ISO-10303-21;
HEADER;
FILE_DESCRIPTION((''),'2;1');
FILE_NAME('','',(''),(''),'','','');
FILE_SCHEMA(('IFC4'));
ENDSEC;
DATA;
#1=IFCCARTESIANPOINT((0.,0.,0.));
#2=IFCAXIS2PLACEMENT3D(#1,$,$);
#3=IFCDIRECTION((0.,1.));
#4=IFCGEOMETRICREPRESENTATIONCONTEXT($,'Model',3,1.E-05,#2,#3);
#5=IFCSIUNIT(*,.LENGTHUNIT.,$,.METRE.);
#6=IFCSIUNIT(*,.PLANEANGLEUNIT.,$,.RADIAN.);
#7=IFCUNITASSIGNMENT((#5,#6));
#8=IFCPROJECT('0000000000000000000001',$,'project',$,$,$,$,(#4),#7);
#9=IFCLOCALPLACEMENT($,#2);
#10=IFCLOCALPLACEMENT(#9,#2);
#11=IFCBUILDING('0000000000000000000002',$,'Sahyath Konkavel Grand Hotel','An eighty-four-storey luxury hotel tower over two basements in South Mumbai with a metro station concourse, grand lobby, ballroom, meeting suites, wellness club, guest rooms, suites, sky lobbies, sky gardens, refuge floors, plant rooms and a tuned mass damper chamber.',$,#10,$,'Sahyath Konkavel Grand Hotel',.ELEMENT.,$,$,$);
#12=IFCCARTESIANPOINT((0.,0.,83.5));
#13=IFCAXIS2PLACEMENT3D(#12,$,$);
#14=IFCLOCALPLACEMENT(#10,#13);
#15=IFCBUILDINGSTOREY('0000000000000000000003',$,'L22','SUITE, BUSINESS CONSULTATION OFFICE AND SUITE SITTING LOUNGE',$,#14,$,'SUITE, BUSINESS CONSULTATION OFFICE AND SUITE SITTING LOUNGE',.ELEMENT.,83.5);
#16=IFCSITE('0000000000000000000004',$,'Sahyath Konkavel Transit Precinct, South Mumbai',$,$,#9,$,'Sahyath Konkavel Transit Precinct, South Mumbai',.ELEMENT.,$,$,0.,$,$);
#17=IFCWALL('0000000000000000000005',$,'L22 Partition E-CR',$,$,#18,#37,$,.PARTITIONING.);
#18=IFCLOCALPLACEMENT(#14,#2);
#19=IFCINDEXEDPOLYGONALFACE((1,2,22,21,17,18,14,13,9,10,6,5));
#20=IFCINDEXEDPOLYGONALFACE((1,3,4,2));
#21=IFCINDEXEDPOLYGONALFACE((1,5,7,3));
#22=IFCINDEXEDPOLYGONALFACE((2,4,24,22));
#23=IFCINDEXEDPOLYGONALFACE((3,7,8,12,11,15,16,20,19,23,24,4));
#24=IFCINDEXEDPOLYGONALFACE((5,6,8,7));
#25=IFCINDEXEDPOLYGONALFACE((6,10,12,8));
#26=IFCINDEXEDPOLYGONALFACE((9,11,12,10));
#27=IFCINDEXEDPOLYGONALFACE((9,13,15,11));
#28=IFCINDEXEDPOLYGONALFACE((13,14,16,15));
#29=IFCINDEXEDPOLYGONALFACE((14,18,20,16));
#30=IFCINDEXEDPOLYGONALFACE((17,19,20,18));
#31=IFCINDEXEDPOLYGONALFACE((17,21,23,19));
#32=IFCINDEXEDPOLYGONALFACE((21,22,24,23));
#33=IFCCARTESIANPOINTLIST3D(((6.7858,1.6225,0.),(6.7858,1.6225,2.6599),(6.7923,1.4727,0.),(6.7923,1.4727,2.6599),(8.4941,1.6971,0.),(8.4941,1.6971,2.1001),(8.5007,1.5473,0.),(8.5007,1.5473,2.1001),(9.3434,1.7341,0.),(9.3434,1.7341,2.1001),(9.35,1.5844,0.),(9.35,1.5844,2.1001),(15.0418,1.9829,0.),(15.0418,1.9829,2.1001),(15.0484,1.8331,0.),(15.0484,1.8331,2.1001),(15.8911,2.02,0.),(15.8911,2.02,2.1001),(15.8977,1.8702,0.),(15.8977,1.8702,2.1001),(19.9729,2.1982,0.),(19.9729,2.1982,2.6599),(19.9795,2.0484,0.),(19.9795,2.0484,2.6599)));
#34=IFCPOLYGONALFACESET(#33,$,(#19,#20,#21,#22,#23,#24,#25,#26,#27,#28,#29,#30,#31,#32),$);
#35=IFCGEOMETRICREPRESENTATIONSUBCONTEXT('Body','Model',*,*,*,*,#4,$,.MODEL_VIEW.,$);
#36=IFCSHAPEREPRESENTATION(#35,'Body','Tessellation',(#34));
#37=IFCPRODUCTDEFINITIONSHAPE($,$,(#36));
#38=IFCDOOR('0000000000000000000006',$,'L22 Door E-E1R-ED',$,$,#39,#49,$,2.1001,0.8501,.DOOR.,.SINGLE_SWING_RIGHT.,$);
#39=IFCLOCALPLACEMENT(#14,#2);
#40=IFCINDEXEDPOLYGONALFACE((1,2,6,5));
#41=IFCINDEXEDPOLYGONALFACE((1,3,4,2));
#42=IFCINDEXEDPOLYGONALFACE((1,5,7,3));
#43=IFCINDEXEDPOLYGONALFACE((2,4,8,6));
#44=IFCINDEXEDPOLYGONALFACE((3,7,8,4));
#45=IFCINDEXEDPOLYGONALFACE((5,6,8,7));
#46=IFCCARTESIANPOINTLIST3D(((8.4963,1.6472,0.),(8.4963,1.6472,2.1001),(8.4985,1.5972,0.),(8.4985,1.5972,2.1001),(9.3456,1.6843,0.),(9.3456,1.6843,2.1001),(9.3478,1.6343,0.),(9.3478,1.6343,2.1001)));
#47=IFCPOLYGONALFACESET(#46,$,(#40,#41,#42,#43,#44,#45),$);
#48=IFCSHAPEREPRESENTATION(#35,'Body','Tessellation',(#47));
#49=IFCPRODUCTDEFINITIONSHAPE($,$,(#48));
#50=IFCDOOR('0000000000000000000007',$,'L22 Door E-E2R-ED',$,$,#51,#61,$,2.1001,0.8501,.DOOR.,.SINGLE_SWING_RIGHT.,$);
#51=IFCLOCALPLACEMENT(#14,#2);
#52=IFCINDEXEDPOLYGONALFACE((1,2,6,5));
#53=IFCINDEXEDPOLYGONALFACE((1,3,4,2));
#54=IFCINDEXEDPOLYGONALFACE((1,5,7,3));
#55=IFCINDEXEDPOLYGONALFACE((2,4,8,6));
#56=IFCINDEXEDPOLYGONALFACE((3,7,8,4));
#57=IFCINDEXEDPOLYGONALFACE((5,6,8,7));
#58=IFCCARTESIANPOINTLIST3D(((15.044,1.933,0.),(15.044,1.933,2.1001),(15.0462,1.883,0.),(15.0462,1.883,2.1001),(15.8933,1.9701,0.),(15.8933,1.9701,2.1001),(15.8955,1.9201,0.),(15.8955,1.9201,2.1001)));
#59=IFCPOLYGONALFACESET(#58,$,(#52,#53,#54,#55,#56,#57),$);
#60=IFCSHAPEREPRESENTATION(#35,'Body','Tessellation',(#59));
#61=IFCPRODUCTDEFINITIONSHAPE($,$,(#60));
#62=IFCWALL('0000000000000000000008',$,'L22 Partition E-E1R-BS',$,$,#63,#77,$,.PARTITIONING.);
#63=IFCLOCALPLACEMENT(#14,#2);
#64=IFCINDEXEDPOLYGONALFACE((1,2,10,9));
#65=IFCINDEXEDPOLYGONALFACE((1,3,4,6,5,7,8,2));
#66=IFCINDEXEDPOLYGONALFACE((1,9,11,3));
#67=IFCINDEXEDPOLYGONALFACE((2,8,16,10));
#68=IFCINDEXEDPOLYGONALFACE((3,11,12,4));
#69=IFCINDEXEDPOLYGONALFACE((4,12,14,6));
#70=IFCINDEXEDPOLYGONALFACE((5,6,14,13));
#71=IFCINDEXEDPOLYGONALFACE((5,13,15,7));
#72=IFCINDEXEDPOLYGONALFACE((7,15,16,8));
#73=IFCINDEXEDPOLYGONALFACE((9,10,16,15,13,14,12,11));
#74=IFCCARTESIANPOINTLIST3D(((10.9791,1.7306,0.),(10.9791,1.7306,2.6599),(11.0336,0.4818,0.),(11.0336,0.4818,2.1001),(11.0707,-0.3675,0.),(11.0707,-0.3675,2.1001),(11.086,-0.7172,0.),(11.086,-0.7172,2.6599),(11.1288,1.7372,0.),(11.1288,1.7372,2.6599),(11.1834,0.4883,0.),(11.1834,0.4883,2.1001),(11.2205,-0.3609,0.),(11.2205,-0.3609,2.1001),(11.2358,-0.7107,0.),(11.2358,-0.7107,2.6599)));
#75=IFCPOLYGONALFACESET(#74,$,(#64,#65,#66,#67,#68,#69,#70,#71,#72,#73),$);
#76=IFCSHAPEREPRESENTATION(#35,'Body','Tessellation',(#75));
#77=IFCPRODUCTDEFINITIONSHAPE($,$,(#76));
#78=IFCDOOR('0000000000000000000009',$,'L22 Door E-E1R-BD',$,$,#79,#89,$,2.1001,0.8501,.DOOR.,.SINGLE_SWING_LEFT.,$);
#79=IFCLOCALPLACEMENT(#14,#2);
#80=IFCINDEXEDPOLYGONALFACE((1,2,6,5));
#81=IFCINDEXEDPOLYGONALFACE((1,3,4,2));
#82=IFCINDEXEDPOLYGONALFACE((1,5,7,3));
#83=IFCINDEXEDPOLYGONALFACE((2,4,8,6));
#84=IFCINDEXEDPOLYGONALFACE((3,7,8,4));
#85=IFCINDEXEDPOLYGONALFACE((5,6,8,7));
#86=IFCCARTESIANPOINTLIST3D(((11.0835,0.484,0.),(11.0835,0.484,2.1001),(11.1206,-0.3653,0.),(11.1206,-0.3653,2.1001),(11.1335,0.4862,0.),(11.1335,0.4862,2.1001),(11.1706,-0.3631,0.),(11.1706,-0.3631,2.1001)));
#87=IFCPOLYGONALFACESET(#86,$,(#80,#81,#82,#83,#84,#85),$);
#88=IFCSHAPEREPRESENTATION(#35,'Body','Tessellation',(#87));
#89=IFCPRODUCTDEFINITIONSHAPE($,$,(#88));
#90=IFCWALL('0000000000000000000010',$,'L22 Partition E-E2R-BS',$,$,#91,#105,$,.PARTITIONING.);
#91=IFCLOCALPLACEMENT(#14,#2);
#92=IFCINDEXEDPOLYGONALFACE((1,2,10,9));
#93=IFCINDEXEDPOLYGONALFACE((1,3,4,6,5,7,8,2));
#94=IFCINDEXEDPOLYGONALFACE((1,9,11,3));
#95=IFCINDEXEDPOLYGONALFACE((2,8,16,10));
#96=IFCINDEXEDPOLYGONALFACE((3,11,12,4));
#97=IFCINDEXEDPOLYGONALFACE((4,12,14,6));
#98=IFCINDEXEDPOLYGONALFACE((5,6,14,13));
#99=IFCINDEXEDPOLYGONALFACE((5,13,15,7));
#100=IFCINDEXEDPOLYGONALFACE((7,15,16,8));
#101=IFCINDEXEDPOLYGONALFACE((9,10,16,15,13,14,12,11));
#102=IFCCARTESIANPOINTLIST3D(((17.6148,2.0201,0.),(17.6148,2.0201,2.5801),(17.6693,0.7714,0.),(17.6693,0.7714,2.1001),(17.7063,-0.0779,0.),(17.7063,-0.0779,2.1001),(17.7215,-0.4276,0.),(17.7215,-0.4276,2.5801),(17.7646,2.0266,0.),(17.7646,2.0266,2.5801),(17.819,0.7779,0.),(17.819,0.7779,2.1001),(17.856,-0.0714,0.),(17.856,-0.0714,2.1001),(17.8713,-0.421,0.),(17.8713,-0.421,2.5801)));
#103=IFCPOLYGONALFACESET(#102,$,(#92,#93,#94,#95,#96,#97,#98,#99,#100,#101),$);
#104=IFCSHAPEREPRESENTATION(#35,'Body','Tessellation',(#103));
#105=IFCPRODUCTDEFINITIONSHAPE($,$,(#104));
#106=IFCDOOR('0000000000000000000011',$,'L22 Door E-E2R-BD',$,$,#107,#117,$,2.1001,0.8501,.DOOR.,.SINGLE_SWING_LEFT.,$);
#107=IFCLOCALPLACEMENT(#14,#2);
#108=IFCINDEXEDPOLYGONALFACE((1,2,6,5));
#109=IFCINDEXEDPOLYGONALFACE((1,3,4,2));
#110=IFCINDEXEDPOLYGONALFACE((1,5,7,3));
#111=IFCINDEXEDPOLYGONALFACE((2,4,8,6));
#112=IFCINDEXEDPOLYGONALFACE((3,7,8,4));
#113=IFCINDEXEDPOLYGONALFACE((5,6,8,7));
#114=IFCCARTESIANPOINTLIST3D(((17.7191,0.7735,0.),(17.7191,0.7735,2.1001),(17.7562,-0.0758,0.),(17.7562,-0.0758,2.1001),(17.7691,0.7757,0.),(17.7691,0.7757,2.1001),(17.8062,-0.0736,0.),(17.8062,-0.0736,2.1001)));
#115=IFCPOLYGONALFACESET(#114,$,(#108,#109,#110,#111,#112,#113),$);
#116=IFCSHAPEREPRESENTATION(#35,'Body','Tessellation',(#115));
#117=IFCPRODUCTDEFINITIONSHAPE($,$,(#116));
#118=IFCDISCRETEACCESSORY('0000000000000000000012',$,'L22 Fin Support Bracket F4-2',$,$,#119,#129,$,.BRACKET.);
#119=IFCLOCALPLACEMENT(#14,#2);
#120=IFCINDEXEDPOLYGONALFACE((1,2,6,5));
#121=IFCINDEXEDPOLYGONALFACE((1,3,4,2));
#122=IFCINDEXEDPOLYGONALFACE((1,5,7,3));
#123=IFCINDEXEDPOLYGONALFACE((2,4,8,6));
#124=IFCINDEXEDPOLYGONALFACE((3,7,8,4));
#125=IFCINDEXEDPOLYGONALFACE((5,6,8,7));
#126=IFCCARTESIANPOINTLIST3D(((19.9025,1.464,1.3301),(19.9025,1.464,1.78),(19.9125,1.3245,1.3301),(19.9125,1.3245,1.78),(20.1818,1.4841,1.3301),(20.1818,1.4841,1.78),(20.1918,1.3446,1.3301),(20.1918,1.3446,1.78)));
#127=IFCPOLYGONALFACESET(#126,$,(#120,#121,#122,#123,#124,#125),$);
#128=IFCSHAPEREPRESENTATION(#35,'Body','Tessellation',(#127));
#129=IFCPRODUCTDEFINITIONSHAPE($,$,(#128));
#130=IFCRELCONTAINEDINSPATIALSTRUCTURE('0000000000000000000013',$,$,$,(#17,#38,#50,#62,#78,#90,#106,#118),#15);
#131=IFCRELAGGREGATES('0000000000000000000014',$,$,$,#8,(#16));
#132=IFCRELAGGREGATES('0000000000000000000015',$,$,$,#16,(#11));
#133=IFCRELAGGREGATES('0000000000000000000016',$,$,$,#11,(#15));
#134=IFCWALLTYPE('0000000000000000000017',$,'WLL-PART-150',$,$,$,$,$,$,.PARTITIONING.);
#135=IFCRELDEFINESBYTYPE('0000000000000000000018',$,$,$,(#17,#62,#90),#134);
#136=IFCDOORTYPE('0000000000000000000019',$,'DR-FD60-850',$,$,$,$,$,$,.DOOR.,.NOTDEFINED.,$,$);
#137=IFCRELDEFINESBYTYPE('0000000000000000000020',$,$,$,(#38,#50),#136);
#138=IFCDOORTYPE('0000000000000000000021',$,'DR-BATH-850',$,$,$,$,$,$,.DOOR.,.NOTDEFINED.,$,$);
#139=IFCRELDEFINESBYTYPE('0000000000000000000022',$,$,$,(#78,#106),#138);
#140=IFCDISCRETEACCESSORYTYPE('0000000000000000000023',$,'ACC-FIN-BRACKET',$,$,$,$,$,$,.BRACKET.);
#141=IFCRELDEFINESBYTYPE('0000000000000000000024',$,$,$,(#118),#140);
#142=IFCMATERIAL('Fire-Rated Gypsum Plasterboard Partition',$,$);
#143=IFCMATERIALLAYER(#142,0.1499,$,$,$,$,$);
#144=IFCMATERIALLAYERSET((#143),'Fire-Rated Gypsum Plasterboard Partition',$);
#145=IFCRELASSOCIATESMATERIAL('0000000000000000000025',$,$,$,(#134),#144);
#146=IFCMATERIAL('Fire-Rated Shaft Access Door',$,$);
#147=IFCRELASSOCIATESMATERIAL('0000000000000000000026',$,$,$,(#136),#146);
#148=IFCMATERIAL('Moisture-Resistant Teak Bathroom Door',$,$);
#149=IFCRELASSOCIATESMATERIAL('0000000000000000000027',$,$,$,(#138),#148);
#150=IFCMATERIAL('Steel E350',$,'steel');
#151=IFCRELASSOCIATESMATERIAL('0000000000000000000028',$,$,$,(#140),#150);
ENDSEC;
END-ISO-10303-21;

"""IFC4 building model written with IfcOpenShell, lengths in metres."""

from ifc_helpers import new_model, si_unit, direction, frame, frame_2d, origin, origin_2d, place, context, subcontext, project, spatial, rectangle, extrude, source, transform, mapped, material, layer, layer_set, type_object, element, fill, save


model = new_model("IFC4")

# Units and contexts
model_context = context("Model", 3, precision=1e-05, world=origin(), true_north=direction((0.0, 1.0)))
body_context = subcontext(model_context, "Body", "Model", "MODEL_VIEW")
ifc_project = project(units=[si_unit("LENGTHUNIT", "METRE"), si_unit("PLANEANGLEUNIT", "RADIAN")], contexts=[model_context])

# Site, building, storey
site_placement = place(None, origin())
site = spatial("IfcSite", under=ifc_project, at=site_placement, Name="Sahyath Konkavel Transit Precinct, South Mumbai", LongName="Sahyath Konkavel Transit Precinct, South Mumbai", CompositionType="ELEMENT", RefElevation=0.0)
building_placement = place(site_placement, origin())
building = spatial("IfcBuilding", under=site, at=building_placement, Name="Sahyath Konkavel Grand Hotel", Description="An eighty-four-storey luxury hotel tower over two basements in South Mumbai with a metro station concourse, grand lobby, ballroom, meeting suites, wellness club, guest rooms, suites, sky lobbies, sky gardens, refuge floors, plant rooms and a tuned mass damper chamber.", LongName="Sahyath Konkavel Grand Hotel", CompositionType="ELEMENT")
storey_placement = place(building_placement, frame((0.0, 0.0, 83.5)))
storey = spatial("IfcBuildingStorey", under=building, at=storey_placement, Name="L22", Description="SUITE, BUSINESS CONSULTATION OFFICE AND SUITE SITTING LOUNGE", LongName="SUITE, BUSINESS CONSULTATION OFFICE AND SUITE SITTING LOUNGE", CompositionType="ELEMENT", Elevation=83.5)

# Shared definitions
ifc_material_1 = material(Name="Steel E350", Category="steel")

# Wall, openings, doors
ifc_material_2 = material(Name="Fire-Rated Gypsum Plasterboard Partition")
ifc_layer_1 = layer(ifc_material_2, 0.1499)
ifc_layer_set_1 = layer_set([ifc_layer_1], Name="Fire-Rated Gypsum Plasterboard Partition")
wall_type_1 = type_object("IfcWallType", Name="WLL-PART-150", PredefinedType="PARTITIONING", material=ifc_layer_set_1)
wall_1_placement = place(storey_placement, frame((6.7891, 1.5476, 0.0), z_axis=(0.0, 0.0, 1.0), x_axis=(0.999049, 0.043613, 0.0)))
wall_1 = element("IfcWall", 1, at=wall_1_placement, inside=storey, type_object=wall_type_1, Name="L22 Partition E-CR", PredefinedType="PARTITIONING", context=body_context, shape_type="SweptSolid", body=[
    extrude(rectangle(XDim=13.1997, YDim=0.1499, at=frame_2d((6.5999, 0.0))), origin(), (0.0, 0.0, 1.0), 2.6599),
])
opening_1_placement = place(wall_1_placement, frame((1.71, 0.0, 0.0)))
opening_1 = element("IfcOpeningElement", 2, at=opening_1_placement, cuts=wall_1, PredefinedType="OPENING", context=body_context, shape_type="SweptSolid", body=[
    extrude(rectangle(XDim=0.8501, YDim=2.1001, at=frame_2d((0.425, 1.05))), frame((0.0, 0.085, 0.0), z_axis=(0.0, -1.0, 0.0), x_axis=(1.0, 0.0, 0.0)), (0.0, 0.0, 1.0), 0.1699),
])
opening_2_placement = place(wall_1_placement, frame((8.2639, 0.0, 0.0)))
opening_2 = element("IfcOpeningElement", 3, at=opening_2_placement, cuts=wall_1, PredefinedType="OPENING", context=body_context, shape_type="SweptSolid", body=[
    extrude(rectangle(XDim=0.8501, YDim=2.1001, at=frame_2d((0.425, 1.05))), frame((0.0, 0.085, 0.0), z_axis=(0.0, -1.0, 0.0), x_axis=(1.0, 0.0, 0.0)), (0.0, 0.0, 1.0), 0.1699),
])
ifc_material_3 = material(Name="Fire-Rated Shaft Access Door")
door_type_1 = type_object("IfcDoorType", Name="DR-FD60-850", OperationType="NOTDEFINED", PredefinedType="DOOR", material=ifc_material_3)
shared_shape_1 = source(origin(), body_context, "Body", "SweptSolid", [
    extrude(rectangle(XDim=0.8501, YDim=0.05, at=origin_2d()), origin(), (0.0, 0.0, 1.0), 2.1001),
])
door_1_placement = place(opening_1_placement, frame((0.425, 0.0, 0.0)))
door_1 = element("IfcDoor", 4, at=door_1_placement, inside=storey, type_object=door_type_1, Name="L22 Door E-E1R-ED", OperationType="SINGLE_SWING_RIGHT", OverallHeight=2.1001, OverallWidth=0.8501, PredefinedType="DOOR", context=body_context, shape_type="MappedRepresentation", body=[
    mapped(shared_shape_1, transform((0.0, 0.0, 0.0), scale=1.0)),
])
fill(opening_1, door_1)
door_2_placement = place(opening_2_placement, frame((0.425, 0.0, 0.0)))
door_2 = element("IfcDoor", 5, at=door_2_placement, inside=storey, type_object=door_type_1, Name="L22 Door E-E2R-ED", OperationType="SINGLE_SWING_RIGHT", OverallHeight=2.1001, OverallWidth=0.8501, PredefinedType="DOOR", context=body_context, shape_type="MappedRepresentation", body=[
    mapped(shared_shape_1, transform((0.0, 0.0, 0.0), scale=1.0)),
])
fill(opening_2, door_2)

# Walls, openings, doors
wall_2_placement = place(storey_placement, frame((11.054, 1.7339, 0.0), z_axis=(0.0, 0.0, 1.0), x_axis=(0.043645, -0.999047, 0.0)))
wall_2 = element("IfcWall", 6, at=wall_2_placement, inside=storey, type_object=wall_type_1, Name="L22 Partition E-E1R-BS", PredefinedType="PARTITIONING", context=body_context, shape_type="SweptSolid", body=[
    extrude(rectangle(XDim=2.4502, YDim=0.1499, at=frame_2d((1.2251, 0.0))), origin(), (0.0, 0.0, 1.0), 2.6599),
])
opening_3_placement = place(wall_2_placement, frame((1.25, 0.0, 0.0)))
opening_3 = element("IfcOpeningElement", 7, at=opening_3_placement, cuts=wall_2, PredefinedType="OPENING", context=body_context, shape_type="SweptSolid", body=[
    extrude(rectangle(XDim=0.8501, YDim=2.1001, at=frame_2d((0.425, 1.05))), frame((0.0, 0.085, 0.0), z_axis=(0.0, -1.0, 0.0), x_axis=(1.0, 0.0, 0.0)), (0.0, 0.0, 1.0), 0.1699),
])
ifc_material_4 = material(Name="Moisture-Resistant Teak Bathroom Door")
door_type_2 = type_object("IfcDoorType", Name="DR-BATH-850", OperationType="NOTDEFINED", PredefinedType="DOOR", material=ifc_material_4)
door_3_placement = place(opening_3_placement, frame((0.425, 0.0, 0.0)))
door_3 = element("IfcDoor", 8, at=door_3_placement, inside=storey, type_object=door_type_2, Name="L22 Door E-E1R-BD", OperationType="SINGLE_SWING_LEFT", OverallHeight=2.1001, OverallWidth=0.8501, PredefinedType="DOOR", context=body_context, shape_type="MappedRepresentation", body=[
    mapped(shared_shape_1, transform((0.0, 0.0, 0.0), scale=1.0)),
])
fill(opening_3, door_3)
wall_3_placement = place(storey_placement, frame((17.6897, 2.0234, 0.0), z_axis=(0.0, 0.0, 1.0), x_axis=(0.04355, -0.999051, 0.0)))
wall_3 = element("IfcWall", 9, at=wall_3_placement, inside=storey, type_object=wall_type_1, Name="L22 Partition E-E2R-BS", PredefinedType="PARTITIONING", context=body_context, shape_type="SweptSolid", body=[
    extrude(rectangle(XDim=2.45, YDim=0.1499, at=frame_2d((1.2251, 0.0))), origin(), (0.0, 0.0, 1.0), 2.5801),
])
opening_4_placement = place(wall_3_placement, frame((1.25, 0.0, 0.0)))
opening_4 = element("IfcOpeningElement", 10, at=opening_4_placement, cuts=wall_3, PredefinedType="OPENING", context=body_context, shape_type="SweptSolid", body=[
    extrude(rectangle(XDim=0.8501, YDim=2.1001, at=frame_2d((0.425, 1.05))), frame((0.0, 0.085, 0.0), z_axis=(0.0, -1.0, 0.0), x_axis=(1.0, 0.0, 0.0)), (0.0, 0.0, 1.0), 0.1699),
])
door_4_placement = place(opening_4_placement, frame((0.425, 0.0, 0.0)))
door_4 = element("IfcDoor", 11, at=door_4_placement, inside=storey, type_object=door_type_2, Name="L22 Door E-E2R-BD", OperationType="SINGLE_SWING_LEFT", OverallHeight=2.1001, OverallWidth=0.8501, PredefinedType="DOOR", context=body_context, shape_type="MappedRepresentation", body=[
    mapped(shared_shape_1, transform((0.0, 0.0, 0.0), scale=1.0)),
])
fill(opening_4, door_4)

# Discrete accessory
discrete_accessory_type = type_object("IfcDiscreteAccessoryType", Name="ACC-FIN-BRACKET", PredefinedType="BRACKET", material=ifc_material_1)
shared_shape_2 = source(origin(), body_context, "Body", "SweptSolid", [
    extrude(rectangle(XDim=0.28, YDim=0.1399, at=origin_2d()), origin(), (0.0, 0.0, 1.0), 0.45),
])
discrete_accessory_placement = place(storey_placement, frame((20.0471, 1.4043, 1.3301), z_axis=(0.0, 0.0, 1.0), x_axis=(0.997436, 0.071567, 0.0)))
element("IfcDiscreteAccessory", 12, at=discrete_accessory_placement, inside=storey, type_object=discrete_accessory_type, Name="L22 Fin Support Bracket F4-2", PredefinedType="BRACKET", context=body_context, shape_type="MappedRepresentation", body=[
    mapped(shared_shape_2, transform((0.0, 0.0, 0.0), scale=1.0)),
])

save(model, "model.ifc")
